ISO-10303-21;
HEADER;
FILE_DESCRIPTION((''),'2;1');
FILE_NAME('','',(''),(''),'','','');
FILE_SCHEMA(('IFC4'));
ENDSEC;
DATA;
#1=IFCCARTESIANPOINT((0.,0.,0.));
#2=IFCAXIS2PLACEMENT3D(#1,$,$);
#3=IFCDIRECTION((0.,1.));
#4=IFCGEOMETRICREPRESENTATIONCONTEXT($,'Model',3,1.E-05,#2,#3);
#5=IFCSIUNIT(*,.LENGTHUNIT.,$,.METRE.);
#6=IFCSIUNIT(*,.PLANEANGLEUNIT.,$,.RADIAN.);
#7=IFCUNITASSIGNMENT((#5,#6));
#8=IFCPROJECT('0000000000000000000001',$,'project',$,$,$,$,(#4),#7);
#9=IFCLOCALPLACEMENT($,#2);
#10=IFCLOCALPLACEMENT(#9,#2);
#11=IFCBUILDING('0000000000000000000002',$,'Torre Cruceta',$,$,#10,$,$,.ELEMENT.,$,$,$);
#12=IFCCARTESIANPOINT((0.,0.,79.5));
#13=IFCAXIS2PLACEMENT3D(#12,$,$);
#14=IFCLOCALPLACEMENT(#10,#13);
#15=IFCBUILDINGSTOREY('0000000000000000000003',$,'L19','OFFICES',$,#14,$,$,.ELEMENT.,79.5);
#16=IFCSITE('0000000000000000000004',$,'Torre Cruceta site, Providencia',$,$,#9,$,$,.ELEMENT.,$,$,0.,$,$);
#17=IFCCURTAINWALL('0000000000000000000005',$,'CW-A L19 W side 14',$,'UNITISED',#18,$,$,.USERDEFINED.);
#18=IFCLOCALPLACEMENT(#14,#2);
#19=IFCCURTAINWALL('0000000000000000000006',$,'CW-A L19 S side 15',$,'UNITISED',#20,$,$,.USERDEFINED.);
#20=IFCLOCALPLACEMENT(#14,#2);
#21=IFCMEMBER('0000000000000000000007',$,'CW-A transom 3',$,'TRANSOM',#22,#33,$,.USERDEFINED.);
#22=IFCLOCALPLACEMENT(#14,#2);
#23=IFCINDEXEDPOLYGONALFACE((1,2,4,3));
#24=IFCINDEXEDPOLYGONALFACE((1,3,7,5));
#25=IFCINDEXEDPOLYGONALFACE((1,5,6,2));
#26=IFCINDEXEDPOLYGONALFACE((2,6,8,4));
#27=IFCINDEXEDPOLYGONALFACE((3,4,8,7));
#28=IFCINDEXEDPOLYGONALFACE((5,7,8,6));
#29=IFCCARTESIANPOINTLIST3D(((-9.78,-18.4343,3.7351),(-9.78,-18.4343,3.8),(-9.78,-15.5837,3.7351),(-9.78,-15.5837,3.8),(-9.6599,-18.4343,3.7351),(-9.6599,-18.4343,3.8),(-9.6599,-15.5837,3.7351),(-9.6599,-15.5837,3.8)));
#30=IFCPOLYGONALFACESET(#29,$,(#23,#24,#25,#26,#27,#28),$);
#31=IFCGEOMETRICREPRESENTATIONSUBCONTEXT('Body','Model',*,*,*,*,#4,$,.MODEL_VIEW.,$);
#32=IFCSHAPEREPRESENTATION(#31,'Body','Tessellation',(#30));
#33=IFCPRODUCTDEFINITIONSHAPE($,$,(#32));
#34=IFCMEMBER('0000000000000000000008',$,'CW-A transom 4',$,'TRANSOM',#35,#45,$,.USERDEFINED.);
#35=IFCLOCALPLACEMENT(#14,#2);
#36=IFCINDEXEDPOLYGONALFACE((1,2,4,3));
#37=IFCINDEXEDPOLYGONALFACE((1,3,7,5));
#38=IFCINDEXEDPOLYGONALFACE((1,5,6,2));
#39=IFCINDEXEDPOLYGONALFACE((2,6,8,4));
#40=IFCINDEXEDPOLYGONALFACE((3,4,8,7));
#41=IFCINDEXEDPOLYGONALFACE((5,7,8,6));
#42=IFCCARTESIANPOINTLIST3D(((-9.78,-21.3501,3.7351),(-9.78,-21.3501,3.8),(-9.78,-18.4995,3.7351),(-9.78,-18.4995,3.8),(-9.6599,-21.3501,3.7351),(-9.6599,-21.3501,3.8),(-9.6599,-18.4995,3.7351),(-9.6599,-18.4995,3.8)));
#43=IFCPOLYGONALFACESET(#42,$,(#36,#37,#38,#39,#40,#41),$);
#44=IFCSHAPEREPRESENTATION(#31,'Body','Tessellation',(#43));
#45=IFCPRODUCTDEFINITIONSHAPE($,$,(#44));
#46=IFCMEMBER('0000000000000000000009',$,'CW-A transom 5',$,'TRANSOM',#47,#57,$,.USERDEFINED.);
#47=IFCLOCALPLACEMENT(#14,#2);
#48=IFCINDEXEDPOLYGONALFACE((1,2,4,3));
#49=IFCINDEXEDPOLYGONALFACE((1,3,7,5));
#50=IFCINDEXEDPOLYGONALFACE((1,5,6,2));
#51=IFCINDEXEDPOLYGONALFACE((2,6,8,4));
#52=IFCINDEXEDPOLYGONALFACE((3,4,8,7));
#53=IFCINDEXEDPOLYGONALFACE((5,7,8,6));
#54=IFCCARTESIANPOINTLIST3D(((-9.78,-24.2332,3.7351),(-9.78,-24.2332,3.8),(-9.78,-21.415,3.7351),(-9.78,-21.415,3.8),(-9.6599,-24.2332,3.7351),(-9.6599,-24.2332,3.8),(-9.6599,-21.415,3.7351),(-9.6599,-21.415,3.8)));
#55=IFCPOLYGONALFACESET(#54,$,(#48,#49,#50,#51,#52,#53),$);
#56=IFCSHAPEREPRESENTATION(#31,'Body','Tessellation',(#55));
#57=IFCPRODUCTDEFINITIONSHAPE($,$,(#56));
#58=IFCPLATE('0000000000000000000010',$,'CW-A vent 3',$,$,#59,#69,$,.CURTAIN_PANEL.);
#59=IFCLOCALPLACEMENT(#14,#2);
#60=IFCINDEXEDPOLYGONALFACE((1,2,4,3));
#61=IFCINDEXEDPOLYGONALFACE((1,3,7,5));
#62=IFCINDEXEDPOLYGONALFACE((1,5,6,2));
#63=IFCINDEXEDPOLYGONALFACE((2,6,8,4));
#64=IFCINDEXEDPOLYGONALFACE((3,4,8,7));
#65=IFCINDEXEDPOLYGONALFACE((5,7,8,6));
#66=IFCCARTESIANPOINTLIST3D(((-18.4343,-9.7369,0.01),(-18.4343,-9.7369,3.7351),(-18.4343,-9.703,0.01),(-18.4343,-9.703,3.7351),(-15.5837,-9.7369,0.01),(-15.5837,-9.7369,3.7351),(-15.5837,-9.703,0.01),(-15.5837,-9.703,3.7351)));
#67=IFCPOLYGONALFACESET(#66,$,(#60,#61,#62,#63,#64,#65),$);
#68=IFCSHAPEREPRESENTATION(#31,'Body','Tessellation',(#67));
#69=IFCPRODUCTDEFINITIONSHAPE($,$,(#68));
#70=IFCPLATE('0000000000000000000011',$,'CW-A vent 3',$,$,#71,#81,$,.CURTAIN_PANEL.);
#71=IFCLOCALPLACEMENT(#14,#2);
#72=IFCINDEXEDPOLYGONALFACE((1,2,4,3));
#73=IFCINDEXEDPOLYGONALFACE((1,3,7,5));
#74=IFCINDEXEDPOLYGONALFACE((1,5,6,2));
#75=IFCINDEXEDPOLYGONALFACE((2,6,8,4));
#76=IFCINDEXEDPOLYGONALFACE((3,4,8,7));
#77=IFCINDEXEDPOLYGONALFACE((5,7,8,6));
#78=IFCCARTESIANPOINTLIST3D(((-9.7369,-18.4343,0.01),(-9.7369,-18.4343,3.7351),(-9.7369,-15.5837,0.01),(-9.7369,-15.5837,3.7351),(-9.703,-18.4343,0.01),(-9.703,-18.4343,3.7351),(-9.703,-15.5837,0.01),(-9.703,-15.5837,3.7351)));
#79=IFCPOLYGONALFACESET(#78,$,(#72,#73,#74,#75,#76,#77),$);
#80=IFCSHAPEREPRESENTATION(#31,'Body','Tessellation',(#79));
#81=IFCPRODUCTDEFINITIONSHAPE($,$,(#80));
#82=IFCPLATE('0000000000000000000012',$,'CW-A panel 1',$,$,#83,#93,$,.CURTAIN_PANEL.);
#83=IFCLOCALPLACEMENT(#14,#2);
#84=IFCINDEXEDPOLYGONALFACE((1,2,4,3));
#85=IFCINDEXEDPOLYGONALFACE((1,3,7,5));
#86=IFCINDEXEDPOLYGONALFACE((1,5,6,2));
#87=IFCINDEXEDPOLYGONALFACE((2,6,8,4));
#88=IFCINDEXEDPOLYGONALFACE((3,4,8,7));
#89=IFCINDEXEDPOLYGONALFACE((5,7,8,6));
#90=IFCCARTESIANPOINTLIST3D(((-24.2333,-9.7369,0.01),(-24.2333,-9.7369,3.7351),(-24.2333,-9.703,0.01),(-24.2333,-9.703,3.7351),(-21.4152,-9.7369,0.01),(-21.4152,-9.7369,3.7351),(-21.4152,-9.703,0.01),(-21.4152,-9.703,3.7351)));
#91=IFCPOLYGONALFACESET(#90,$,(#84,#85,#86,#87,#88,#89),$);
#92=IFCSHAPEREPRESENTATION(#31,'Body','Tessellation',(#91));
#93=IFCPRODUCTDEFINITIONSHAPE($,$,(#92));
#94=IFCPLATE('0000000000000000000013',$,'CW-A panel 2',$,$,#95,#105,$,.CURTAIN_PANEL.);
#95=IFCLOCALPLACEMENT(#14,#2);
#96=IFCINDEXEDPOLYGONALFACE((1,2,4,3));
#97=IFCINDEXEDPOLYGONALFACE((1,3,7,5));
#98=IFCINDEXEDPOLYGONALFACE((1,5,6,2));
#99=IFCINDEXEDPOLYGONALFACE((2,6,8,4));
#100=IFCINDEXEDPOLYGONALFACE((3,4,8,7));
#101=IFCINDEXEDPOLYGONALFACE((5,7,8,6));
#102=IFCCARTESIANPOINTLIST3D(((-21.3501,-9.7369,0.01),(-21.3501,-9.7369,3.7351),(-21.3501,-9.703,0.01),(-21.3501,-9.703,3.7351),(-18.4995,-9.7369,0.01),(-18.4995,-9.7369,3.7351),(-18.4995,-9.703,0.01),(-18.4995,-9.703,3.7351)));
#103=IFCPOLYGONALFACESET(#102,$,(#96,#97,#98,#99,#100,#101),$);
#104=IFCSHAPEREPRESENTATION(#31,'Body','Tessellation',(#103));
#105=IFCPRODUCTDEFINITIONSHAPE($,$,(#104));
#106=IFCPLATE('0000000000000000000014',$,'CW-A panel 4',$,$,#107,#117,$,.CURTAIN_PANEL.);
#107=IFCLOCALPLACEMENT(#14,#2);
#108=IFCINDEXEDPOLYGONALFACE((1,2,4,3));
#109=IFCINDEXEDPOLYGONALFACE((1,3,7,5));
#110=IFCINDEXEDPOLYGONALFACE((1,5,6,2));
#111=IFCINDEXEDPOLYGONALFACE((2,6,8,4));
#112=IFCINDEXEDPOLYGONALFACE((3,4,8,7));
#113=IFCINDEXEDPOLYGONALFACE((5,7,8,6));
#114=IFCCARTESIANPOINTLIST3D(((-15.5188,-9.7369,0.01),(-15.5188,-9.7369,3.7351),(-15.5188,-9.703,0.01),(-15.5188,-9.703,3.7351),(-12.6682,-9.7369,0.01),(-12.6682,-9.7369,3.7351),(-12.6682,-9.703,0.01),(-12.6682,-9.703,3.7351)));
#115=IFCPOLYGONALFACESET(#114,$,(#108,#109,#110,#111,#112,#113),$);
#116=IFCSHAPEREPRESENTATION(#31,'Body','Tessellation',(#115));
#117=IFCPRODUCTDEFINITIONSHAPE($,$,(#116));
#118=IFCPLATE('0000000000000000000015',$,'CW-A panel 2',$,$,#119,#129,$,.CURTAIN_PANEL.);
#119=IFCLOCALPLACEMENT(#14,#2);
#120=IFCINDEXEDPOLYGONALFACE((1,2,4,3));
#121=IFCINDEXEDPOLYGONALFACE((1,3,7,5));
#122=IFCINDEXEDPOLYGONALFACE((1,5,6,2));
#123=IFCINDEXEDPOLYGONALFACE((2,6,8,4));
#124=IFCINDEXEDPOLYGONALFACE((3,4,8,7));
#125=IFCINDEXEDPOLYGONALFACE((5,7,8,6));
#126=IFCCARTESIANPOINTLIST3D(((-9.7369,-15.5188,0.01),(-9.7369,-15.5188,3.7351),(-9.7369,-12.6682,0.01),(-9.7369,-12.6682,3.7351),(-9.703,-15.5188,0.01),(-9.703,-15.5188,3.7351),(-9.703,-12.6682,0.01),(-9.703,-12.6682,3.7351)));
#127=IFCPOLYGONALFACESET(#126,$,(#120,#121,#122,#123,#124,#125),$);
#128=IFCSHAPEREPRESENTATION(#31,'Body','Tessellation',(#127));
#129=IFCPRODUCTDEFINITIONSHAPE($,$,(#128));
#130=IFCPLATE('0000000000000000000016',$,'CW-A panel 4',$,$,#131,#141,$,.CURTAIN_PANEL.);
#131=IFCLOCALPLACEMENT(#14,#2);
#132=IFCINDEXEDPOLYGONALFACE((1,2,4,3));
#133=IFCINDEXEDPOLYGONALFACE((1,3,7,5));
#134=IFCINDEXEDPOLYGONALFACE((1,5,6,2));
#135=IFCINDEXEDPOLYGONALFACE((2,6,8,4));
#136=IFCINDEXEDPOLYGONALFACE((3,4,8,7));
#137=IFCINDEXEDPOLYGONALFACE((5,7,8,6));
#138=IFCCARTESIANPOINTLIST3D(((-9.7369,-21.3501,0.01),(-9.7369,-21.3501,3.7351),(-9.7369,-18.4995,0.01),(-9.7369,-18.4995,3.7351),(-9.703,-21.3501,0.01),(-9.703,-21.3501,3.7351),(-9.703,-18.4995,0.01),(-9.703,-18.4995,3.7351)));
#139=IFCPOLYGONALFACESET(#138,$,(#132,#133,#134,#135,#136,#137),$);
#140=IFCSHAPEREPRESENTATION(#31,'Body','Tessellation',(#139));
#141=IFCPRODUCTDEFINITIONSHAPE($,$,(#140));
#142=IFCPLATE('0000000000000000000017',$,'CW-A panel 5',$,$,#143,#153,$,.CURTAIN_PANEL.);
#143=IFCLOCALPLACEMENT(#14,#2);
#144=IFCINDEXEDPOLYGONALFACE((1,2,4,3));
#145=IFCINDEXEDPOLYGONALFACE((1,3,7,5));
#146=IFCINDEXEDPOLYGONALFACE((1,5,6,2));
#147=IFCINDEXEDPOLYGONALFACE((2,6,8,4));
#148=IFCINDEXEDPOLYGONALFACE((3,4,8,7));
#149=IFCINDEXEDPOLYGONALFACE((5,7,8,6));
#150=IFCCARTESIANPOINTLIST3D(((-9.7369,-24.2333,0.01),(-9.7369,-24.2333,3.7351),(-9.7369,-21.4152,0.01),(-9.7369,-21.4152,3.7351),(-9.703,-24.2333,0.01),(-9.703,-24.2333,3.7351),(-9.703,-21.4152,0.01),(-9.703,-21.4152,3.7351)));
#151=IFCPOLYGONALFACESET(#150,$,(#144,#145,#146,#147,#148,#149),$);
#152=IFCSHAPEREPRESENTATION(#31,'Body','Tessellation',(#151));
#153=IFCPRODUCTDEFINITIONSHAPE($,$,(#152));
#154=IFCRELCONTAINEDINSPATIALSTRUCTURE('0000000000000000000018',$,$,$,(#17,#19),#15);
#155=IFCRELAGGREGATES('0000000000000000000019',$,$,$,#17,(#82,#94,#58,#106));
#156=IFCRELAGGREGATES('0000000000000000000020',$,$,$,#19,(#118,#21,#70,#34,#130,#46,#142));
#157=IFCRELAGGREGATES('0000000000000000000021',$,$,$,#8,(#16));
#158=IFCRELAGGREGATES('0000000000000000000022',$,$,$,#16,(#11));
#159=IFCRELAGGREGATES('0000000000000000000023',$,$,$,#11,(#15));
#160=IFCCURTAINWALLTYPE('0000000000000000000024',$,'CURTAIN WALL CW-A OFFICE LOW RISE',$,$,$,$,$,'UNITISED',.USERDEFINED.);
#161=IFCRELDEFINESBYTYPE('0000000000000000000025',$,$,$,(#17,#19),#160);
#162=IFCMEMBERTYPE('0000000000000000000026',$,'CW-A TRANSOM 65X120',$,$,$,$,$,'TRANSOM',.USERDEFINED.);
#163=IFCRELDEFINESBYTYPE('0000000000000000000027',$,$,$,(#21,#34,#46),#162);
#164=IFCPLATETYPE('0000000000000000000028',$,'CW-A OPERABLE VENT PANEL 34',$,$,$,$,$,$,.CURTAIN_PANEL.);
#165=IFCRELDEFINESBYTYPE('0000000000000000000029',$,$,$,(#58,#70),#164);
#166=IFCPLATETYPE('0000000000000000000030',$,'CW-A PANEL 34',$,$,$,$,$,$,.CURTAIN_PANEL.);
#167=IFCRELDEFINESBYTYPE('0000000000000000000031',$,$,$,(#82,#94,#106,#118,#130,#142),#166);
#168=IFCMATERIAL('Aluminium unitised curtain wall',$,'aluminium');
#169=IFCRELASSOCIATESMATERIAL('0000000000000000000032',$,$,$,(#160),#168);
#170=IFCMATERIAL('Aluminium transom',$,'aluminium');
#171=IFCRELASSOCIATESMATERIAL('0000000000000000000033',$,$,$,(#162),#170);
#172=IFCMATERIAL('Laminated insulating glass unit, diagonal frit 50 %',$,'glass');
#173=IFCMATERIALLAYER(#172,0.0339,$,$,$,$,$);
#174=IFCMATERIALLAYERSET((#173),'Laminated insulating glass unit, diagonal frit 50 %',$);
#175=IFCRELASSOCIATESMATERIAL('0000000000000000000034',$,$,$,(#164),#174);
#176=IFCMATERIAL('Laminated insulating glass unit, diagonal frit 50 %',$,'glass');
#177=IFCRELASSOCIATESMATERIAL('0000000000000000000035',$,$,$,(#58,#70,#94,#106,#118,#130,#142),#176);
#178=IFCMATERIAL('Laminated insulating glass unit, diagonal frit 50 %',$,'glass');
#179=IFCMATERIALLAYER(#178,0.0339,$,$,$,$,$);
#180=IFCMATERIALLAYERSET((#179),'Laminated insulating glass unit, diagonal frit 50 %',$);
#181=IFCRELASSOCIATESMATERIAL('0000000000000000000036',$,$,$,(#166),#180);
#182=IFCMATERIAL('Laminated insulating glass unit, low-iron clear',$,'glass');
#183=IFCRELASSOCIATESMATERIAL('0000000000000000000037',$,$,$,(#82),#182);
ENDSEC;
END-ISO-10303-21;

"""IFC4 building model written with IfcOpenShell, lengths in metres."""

from ifc_helpers import new_model, si_unit, direction, frame, origin, origin_2d, place, context, subcontext, project, spatial, rectangle, extrude, material, layer, layer_set, material_profile, profile_set, type_object, element, aggregate, save


model = new_model("IFC4")

# Units and contexts
model_context = context("Model", 3, precision=1e-05, world=origin(), true_north=direction((0.0, 1.0)))
body_context = subcontext(model_context, "Body", "Model", "MODEL_VIEW")
ifc_project = project(units=[si_unit("LENGTHUNIT", "METRE"), si_unit("PLANEANGLEUNIT", "RADIAN")], contexts=[model_context])

# Site, building, storey
site_placement = place(None, origin())
site = spatial("IfcSite", under=ifc_project, at=site_placement, Name="Torre Cruceta site, Providencia", CompositionType="ELEMENT", RefElevation=0.0)
building_placement = place(site_placement, origin())
building = spatial("IfcBuilding", under=site, at=building_placement, Name="Torre Cruceta", CompositionType="ELEMENT")
storey_placement = place(building_placement, frame((0.0, 0.0, 79.5)))
storey = spatial("IfcBuildingStorey", under=building, at=storey_placement, Name="L19", Description="OFFICES", CompositionType="ELEMENT", Elevation=79.5)

# Curtain walls
ifc_material_1 = material(Name="Aluminium unitised curtain wall", Category="aluminium")
curtain_wall_type = type_object("IfcCurtainWallType", Name="CURTAIN WALL CW-A OFFICE LOW RISE", ElementType="UNITISED", PredefinedType="USERDEFINED", material=ifc_material_1)
curtain_wall_1_placement = place(storey_placement, origin())
curtain_wall_1 = element("IfcCurtainWall", 1, at=curtain_wall_1_placement, inside=storey, type_object=curtain_wall_type, Name="CW-A L19 W side 14", ObjectType="UNITISED", PredefinedType="USERDEFINED")
curtain_wall_2_placement = place(storey_placement, origin())
curtain_wall_2 = element("IfcCurtainWall", 2, at=curtain_wall_2_placement, inside=storey, type_object=curtain_wall_type, Name="CW-A L19 S side 15", ObjectType="UNITISED", PredefinedType="USERDEFINED")

# Members
ifc_material_2 = material(Name="Aluminium transom", Category="aluminium")
ifc_material_profile_1 = material_profile(ifc_material_2, rectangle(XDim=0.1201, YDim=0.0649, at=origin_2d()), Name="AL 120X65")
ifc_profile_set_1 = profile_set([ifc_material_profile_1], Name="Aluminium transom")
member_type_1 = type_object("IfcMemberType", Name="CW-A TRANSOM 65X120", ElementType="TRANSOM", PredefinedType="USERDEFINED", material=ifc_profile_set_1)
member_1_placement = place(storey_placement, frame((-9.72, -15.5837, 3.7676), z_axis=(0.0, -1.0, 0.0), x_axis=(1.0, 0.0, 0.0)))
member_1 = element("IfcMember", 3, at=member_1_placement, type_object=member_type_1, Name="CW-A transom 3", ObjectType="TRANSOM", PredefinedType="USERDEFINED", context=body_context, shape_type="SweptSolid", body=[
    extrude(rectangle(XDim=0.1201, YDim=0.0649, at=origin_2d()), origin(), (0.0, 0.0, 1.0), 2.8506),
])
member_2_placement = place(storey_placement, frame((-9.72, -18.4995, 3.7676), z_axis=(0.0, -1.0, 0.0), x_axis=(1.0, 0.0, 0.0)))
member_2 = element("IfcMember", 4, at=member_2_placement, type_object=member_type_1, Name="CW-A transom 4", ObjectType="TRANSOM", PredefinedType="USERDEFINED", context=body_context, shape_type="SweptSolid", body=[
    extrude(rectangle(XDim=0.1201, YDim=0.0649, at=origin_2d()), origin(), (0.0, 0.0, 1.0), 2.8506),
])
member_3_placement = place(storey_placement, frame((-9.72, -21.415, 3.7676), z_axis=(0.0, -1.0, 0.0), x_axis=(1.0, 0.0, 0.0)))
member_3 = element("IfcMember", 5, at=member_3_placement, type_object=member_type_1, Name="CW-A transom 5", ObjectType="TRANSOM", PredefinedType="USERDEFINED", context=body_context, shape_type="SweptSolid", body=[
    extrude(rectangle(XDim=0.1201, YDim=0.0649, at=origin_2d()), origin(), (0.0, 0.0, 1.0), 2.8181),
])

# Plates
ifc_material_3 = material(Name="Laminated insulating glass unit, diagonal frit 50 %", Category="glass")
ifc_material_4 = material(Name="Laminated insulating glass unit, diagonal frit 50 %", Category="glass")
ifc_layer_1 = layer(ifc_material_4, 0.0339)
ifc_layer_set_1 = layer_set([ifc_layer_1], Name="Laminated insulating glass unit, diagonal frit 50 %")
plate_type_1 = type_object("IfcPlateType", Name="CW-A OPERABLE VENT PANEL 34", PredefinedType="CURTAIN_PANEL", material=ifc_layer_set_1)
plate_1_placement = place(storey_placement, frame((-17.009, -9.72, 0.01), z_axis=(0.0, 0.0, 1.0), x_axis=(1.0, 0.0, 0.0)))
plate_1 = element("IfcPlate", 6, at=plate_1_placement, type_object=plate_type_1, material=ifc_material_3, Name="CW-A vent 3", PredefinedType="CURTAIN_PANEL", context=body_context, shape_type="SweptSolid", body=[
    extrude(rectangle(XDim=2.8506, YDim=0.0339, at=origin_2d()), origin(), (0.0, 0.0, 1.0), 3.7251),
])
plate_2_placement = place(storey_placement, frame((-9.72, -17.009, 0.01), z_axis=(0.0, 0.0, 1.0), x_axis=(0.0, -1.0, 0.0)))
plate_2 = element("IfcPlate", 7, at=plate_2_placement, type_object=plate_type_1, material=ifc_material_3, Name="CW-A vent 3", PredefinedType="CURTAIN_PANEL", context=body_context, shape_type="SweptSolid", body=[
    extrude(rectangle(XDim=2.8506, YDim=0.0339, at=origin_2d()), origin(), (0.0, 0.0, 1.0), 3.7251),
])
ifc_material_5 = material(Name="Laminated insulating glass unit, low-iron clear", Category="glass")
ifc_material_6 = material(Name="Laminated insulating glass unit, diagonal frit 50 %", Category="glass")
ifc_layer_2 = layer(ifc_material_6, 0.0339)
ifc_layer_set_2 = layer_set([ifc_layer_2], Name="Laminated insulating glass unit, diagonal frit 50 %")
plate_type_2 = type_object("IfcPlateType", Name="CW-A PANEL 34", PredefinedType="CURTAIN_PANEL", material=ifc_layer_set_2)
plate_3_placement = place(storey_placement, frame((-22.8242, -9.72, 0.01), z_axis=(0.0, 0.0, 1.0), x_axis=(1.0, 0.0, 0.0)))
plate_3 = element("IfcPlate", 8, at=plate_3_placement, type_object=plate_type_2, material=ifc_material_5, Name="CW-A panel 1", PredefinedType="CURTAIN_PANEL", context=body_context, shape_type="SweptSolid", body=[
    extrude(rectangle(XDim=2.8181, YDim=0.0339, at=origin_2d()), origin(), (0.0, 0.0, 1.0), 3.7251),
])
plate_4_placement = place(storey_placement, frame((-19.9248, -9.72, 0.01), z_axis=(0.0, 0.0, 1.0), x_axis=(1.0, 0.0, 0.0)))
plate_4 = element("IfcPlate", 9, at=plate_4_placement, type_object=plate_type_2, material=ifc_material_3, Name="CW-A panel 2", PredefinedType="CURTAIN_PANEL", context=body_context, shape_type="SweptSolid", body=[
    extrude(rectangle(XDim=2.8506, YDim=0.0339, at=origin_2d()), origin(), (0.0, 0.0, 1.0), 3.7251),
])
plate_5_placement = place(storey_placement, frame((-14.0935, -9.72, 0.01), z_axis=(0.0, 0.0, 1.0), x_axis=(1.0, 0.0, 0.0)))
plate_5 = element("IfcPlate", 10, at=plate_5_placement, type_object=plate_type_2, material=ifc_material_3, Name="CW-A panel 4", PredefinedType="CURTAIN_PANEL", context=body_context, shape_type="SweptSolid", body=[
    extrude(rectangle(XDim=2.8506, YDim=0.0339, at=origin_2d()), origin(), (0.0, 0.0, 1.0), 3.7251),
])
aggregate(curtain_wall_1, [plate_3, plate_4, plate_1, plate_5])
plate_6_placement = place(storey_placement, frame((-9.72, -14.0935, 0.01), z_axis=(0.0, 0.0, 1.0), x_axis=(0.0, -1.0, 0.0)))
plate_6 = element("IfcPlate", 11, at=plate_6_placement, type_object=plate_type_2, material=ifc_material_3, Name="CW-A panel 2", PredefinedType="CURTAIN_PANEL", context=body_context, shape_type="SweptSolid", body=[
    extrude(rectangle(XDim=2.8506, YDim=0.0339, at=origin_2d()), origin(), (0.0, 0.0, 1.0), 3.7251),
])
plate_7_placement = place(storey_placement, frame((-9.72, -19.9248, 0.01), z_axis=(0.0, 0.0, 1.0), x_axis=(0.0, -1.0, 0.0)))
plate_7 = element("IfcPlate", 12, at=plate_7_placement, type_object=plate_type_2, material=ifc_material_3, Name="CW-A panel 4", PredefinedType="CURTAIN_PANEL", context=body_context, shape_type="SweptSolid", body=[
    extrude(rectangle(XDim=2.8506, YDim=0.0339, at=origin_2d()), origin(), (0.0, 0.0, 1.0), 3.7251),
])
plate_8_placement = place(storey_placement, frame((-9.72, -22.8242, 0.01), z_axis=(0.0, 0.0, 1.0), x_axis=(0.0, -1.0, 0.0)))
plate_8 = element("IfcPlate", 13, at=plate_8_placement, type_object=plate_type_2, material=ifc_material_3, Name="CW-A panel 5", PredefinedType="CURTAIN_PANEL", context=body_context, shape_type="SweptSolid", body=[
    extrude(rectangle(XDim=2.8181, YDim=0.0339, at=origin_2d()), origin(), (0.0, 0.0, 1.0), 3.7251),
])
aggregate(curtain_wall_2, [plate_6, member_1, plate_2, member_2, plate_7, member_3, plate_8])

save(model, "model.ifc")
